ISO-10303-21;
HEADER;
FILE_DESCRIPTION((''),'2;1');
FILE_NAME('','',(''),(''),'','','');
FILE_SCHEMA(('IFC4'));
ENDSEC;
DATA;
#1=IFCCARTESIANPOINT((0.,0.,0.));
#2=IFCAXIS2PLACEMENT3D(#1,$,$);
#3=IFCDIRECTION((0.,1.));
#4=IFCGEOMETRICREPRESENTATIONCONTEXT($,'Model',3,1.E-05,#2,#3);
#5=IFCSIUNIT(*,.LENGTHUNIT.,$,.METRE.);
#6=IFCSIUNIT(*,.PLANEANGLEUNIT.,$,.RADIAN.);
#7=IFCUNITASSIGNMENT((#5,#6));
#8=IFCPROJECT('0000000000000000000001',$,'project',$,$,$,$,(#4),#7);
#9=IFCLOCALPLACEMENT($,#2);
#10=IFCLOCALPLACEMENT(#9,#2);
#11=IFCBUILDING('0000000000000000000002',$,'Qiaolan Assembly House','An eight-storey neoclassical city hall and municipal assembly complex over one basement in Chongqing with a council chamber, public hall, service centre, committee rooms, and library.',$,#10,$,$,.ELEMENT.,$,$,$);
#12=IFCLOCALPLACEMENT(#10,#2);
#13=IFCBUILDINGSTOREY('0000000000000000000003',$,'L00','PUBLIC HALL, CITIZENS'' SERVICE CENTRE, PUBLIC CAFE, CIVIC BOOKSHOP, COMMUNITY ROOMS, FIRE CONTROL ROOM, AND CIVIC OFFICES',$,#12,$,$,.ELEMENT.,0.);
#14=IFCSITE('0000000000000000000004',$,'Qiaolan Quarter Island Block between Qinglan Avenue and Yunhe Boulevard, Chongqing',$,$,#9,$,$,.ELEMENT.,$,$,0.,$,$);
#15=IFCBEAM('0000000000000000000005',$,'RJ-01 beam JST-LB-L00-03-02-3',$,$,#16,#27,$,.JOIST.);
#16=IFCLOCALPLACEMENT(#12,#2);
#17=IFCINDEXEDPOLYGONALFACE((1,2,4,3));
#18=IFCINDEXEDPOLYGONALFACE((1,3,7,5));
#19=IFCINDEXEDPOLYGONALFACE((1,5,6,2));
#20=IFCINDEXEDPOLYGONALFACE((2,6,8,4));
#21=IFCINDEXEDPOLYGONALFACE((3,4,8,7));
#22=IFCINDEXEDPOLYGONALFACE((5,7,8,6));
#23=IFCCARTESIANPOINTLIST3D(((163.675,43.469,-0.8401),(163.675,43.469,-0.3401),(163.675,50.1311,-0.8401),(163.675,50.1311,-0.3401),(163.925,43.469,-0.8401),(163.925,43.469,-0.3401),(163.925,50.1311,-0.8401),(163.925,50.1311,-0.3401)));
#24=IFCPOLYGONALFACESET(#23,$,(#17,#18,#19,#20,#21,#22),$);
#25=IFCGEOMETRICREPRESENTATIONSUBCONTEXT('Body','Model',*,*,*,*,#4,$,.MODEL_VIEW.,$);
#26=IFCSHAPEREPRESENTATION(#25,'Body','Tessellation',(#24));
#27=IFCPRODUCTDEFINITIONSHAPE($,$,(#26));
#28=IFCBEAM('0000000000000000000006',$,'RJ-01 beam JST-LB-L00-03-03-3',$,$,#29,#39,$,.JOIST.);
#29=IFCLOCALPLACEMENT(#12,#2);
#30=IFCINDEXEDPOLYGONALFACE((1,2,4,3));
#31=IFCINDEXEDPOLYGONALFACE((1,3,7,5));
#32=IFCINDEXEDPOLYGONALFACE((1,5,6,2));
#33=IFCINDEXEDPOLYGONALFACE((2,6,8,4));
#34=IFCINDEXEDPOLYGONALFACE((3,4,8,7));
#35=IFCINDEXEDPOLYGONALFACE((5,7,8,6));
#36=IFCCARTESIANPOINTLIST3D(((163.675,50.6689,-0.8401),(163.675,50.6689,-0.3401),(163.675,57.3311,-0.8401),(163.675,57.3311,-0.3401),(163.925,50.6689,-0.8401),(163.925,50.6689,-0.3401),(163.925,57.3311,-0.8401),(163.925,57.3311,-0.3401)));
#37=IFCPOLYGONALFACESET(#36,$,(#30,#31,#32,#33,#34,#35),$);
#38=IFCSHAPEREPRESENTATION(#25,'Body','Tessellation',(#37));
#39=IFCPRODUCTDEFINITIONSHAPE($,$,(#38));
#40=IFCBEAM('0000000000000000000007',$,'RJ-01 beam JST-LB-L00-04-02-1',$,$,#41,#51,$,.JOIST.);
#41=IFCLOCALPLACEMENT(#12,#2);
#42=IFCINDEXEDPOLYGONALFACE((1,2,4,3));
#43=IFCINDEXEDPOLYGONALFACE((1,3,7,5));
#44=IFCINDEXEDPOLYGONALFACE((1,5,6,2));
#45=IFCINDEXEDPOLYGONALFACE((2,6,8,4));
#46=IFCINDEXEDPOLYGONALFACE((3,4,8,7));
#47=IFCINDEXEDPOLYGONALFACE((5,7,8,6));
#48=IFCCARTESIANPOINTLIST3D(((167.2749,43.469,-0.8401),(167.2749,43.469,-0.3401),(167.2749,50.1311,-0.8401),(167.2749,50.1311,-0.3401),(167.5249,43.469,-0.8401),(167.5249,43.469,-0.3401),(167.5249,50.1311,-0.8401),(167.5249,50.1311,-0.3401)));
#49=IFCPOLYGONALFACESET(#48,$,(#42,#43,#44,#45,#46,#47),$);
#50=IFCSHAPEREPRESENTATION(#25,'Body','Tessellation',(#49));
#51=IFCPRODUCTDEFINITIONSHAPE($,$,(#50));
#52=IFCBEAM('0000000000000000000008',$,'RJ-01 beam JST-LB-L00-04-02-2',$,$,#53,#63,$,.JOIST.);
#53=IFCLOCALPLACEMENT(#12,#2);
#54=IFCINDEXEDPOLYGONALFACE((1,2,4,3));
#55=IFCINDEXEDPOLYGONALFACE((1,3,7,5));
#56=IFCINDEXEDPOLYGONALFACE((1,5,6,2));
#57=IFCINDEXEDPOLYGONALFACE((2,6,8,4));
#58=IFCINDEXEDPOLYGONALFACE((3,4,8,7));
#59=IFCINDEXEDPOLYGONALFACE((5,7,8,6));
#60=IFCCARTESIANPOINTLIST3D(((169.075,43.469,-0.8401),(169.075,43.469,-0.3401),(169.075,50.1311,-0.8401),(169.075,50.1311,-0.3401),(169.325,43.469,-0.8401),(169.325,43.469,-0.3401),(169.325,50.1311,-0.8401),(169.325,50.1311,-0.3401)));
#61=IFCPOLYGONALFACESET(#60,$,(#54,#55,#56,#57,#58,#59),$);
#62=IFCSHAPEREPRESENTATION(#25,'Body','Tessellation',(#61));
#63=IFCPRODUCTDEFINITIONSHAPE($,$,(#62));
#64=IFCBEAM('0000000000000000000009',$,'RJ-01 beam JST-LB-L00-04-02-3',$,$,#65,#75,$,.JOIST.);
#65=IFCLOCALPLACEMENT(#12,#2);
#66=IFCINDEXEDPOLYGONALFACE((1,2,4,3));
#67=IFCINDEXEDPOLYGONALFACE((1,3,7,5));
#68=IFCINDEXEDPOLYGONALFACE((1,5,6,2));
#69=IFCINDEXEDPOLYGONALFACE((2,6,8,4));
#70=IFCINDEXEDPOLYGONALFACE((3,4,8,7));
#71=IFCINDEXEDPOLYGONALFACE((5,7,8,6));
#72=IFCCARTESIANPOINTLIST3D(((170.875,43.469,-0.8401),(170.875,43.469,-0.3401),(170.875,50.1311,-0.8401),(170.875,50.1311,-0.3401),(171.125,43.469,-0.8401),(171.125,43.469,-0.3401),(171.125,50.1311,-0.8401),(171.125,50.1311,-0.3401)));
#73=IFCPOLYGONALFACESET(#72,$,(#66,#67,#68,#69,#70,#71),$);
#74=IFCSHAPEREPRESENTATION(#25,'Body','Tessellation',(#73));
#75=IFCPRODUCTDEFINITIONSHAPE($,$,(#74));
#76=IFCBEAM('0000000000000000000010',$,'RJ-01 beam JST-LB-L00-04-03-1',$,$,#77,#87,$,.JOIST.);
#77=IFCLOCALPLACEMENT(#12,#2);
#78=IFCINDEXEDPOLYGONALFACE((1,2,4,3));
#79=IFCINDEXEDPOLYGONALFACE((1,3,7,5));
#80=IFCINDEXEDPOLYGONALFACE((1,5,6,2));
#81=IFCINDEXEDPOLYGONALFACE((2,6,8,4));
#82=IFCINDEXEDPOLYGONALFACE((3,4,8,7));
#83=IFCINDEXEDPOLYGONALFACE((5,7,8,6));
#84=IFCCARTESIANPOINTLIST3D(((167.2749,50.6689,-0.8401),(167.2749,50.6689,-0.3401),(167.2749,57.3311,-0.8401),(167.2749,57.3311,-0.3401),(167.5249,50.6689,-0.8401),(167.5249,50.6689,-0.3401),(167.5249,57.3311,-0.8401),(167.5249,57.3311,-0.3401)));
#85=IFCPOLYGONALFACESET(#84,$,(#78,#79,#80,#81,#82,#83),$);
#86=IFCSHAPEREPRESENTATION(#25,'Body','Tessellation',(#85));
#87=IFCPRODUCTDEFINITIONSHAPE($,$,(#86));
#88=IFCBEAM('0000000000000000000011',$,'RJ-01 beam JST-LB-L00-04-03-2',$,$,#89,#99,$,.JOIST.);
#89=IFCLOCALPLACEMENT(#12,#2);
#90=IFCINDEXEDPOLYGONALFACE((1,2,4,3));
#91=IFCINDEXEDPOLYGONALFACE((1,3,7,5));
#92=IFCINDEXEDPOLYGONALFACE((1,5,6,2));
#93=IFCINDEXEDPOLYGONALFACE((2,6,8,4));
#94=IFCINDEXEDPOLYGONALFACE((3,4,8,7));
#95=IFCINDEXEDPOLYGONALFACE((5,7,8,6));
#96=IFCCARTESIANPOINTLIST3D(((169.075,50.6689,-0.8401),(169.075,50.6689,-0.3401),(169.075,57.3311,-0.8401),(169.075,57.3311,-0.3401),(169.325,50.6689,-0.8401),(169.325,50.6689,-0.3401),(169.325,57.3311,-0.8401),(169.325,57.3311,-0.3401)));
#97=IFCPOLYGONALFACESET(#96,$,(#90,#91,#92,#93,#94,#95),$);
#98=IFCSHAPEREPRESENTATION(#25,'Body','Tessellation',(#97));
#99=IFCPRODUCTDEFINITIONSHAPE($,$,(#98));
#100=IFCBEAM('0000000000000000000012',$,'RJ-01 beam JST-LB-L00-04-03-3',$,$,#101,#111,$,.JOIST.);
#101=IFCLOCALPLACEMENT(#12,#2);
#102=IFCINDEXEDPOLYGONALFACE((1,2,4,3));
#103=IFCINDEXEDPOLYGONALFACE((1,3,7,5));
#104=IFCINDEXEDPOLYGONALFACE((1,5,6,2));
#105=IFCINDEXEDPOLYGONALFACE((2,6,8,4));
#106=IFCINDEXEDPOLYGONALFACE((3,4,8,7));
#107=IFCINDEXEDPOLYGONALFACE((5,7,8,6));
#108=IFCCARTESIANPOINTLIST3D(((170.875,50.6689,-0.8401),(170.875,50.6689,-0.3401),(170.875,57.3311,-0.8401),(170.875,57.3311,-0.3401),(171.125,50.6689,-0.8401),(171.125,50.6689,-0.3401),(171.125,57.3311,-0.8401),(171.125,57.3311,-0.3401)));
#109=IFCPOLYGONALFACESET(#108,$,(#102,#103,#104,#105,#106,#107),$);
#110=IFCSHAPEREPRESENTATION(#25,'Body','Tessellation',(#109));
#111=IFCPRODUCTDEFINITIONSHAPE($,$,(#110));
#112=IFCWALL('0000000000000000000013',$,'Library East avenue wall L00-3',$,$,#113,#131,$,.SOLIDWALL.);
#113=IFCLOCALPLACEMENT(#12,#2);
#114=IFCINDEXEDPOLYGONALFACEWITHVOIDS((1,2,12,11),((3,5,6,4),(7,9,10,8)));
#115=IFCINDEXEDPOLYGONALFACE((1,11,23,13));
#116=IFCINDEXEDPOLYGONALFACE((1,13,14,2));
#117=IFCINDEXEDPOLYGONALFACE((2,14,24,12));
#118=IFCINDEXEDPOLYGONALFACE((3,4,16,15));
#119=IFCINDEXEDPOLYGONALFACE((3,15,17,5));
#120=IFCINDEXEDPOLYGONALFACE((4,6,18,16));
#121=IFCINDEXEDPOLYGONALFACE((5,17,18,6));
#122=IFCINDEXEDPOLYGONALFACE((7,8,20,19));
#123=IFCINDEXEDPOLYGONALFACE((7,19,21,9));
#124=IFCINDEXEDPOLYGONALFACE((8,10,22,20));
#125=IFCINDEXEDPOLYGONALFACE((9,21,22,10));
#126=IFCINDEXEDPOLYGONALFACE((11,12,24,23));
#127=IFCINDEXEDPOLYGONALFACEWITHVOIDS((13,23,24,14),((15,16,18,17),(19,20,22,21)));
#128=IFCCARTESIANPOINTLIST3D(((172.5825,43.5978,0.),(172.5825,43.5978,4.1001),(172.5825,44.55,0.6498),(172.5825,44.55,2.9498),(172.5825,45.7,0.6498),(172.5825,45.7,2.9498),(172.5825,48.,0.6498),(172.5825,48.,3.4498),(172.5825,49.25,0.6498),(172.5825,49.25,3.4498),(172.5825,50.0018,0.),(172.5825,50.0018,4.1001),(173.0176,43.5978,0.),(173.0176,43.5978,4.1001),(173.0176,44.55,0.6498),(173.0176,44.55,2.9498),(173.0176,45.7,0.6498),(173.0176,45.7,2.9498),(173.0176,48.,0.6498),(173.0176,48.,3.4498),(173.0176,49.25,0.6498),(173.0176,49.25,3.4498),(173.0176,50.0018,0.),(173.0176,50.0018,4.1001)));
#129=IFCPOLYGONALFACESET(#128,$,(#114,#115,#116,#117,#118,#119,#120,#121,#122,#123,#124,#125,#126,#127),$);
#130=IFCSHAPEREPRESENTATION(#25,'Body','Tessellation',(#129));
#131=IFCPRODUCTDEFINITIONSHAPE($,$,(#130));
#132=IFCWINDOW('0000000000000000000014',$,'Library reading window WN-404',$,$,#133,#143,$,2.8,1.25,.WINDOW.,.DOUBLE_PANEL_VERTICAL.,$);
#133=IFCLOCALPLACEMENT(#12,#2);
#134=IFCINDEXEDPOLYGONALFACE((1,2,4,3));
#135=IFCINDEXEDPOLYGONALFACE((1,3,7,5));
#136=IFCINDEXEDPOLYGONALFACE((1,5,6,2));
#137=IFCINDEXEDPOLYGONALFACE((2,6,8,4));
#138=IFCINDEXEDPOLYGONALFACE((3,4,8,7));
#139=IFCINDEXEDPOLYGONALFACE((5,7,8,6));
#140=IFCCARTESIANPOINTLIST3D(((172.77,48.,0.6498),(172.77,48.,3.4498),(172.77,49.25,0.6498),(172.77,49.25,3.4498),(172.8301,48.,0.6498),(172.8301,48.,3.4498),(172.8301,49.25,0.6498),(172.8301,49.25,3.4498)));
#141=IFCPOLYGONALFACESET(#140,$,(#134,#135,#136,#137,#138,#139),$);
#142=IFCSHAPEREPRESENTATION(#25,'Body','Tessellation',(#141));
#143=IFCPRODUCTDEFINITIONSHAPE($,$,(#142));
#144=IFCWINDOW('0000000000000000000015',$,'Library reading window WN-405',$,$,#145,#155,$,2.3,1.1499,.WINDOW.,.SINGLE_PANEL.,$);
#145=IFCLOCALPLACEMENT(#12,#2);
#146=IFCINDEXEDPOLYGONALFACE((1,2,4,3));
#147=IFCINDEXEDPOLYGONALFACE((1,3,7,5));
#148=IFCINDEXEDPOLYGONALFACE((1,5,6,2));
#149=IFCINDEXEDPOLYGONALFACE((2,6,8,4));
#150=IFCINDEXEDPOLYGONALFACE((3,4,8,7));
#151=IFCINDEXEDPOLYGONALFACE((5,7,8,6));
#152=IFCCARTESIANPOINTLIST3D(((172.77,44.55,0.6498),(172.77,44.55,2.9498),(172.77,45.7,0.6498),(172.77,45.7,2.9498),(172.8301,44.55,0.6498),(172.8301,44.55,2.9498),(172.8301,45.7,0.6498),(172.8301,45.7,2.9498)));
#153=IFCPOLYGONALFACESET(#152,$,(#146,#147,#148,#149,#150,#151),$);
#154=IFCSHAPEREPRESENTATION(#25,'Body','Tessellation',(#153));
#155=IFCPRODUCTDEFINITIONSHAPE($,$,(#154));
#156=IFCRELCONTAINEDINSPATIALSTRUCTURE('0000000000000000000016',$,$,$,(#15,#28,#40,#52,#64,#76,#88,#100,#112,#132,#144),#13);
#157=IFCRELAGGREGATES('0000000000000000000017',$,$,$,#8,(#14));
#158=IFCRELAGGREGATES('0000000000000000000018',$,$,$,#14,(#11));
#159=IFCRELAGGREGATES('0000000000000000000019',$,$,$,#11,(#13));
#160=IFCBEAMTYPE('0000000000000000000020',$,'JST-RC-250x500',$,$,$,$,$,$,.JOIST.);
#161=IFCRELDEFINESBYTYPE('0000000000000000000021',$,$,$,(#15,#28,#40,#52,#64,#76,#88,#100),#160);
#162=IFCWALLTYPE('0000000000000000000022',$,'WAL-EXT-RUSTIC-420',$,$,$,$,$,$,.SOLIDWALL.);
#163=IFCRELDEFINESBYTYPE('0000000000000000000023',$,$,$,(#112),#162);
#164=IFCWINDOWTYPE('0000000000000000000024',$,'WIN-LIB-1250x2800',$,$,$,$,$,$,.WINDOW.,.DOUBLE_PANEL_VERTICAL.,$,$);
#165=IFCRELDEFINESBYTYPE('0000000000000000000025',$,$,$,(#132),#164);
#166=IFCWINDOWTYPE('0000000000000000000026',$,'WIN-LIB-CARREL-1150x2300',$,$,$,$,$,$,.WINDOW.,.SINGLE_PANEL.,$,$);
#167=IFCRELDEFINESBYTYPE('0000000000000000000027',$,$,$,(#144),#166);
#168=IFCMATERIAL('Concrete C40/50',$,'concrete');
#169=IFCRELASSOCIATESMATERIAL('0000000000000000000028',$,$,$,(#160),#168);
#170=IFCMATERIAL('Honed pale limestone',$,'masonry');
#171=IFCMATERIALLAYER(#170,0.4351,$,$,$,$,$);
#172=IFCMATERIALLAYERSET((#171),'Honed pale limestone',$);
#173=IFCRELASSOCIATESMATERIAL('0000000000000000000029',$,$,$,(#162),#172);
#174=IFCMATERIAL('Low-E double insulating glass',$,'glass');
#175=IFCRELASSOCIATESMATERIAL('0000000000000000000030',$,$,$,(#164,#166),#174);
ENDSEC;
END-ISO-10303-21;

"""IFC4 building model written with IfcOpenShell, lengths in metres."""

from ifc_helpers import new_model, si_unit, direction, frame, frame_2d, origin, origin_2d, place, context, subcontext, project, spatial, rectangle, extrude, material, layer, layer_set, material_profile, profile_set, type_object, element, fill, save


model = new_model("IFC4")

# Units and contexts
model_context = context("Model", 3, precision=1e-05, world=origin(), true_north=direction((0.0, 1.0)))
body_context = subcontext(model_context, "Body", "Model", "MODEL_VIEW")
ifc_project = project(units=[si_unit("LENGTHUNIT", "METRE"), si_unit("PLANEANGLEUNIT", "RADIAN")], contexts=[model_context])

# Site, building, storey
site_placement = place(None, origin())
site = spatial("IfcSite", under=ifc_project, at=site_placement, Name="Qiaolan Quarter Island Block between Qinglan Avenue and Yunhe Boulevard, Chongqing", CompositionType="ELEMENT", RefElevation=0.0)
building_placement = place(site_placement, origin())
building = spatial("IfcBuilding", under=site, at=building_placement, Name="Qiaolan Assembly House", Description="An eight-storey neoclassical city hall and municipal assembly complex over one basement in Chongqing with a council chamber, public hall, service centre, committee rooms, and library.", CompositionType="ELEMENT")
storey_placement = place(building_placement, origin())
storey = spatial("IfcBuildingStorey", under=building, at=storey_placement, Name="L00", Description="PUBLIC HALL, CITIZENS' SERVICE CENTRE, PUBLIC CAFE, CIVIC BOOKSHOP, COMMUNITY ROOMS, FIRE CONTROL ROOM, AND CIVIC OFFICES", CompositionType="ELEMENT", Elevation=0.0)

# Beams
ifc_material_1 = material(Name="Concrete C40/50", Category="concrete")
ifc_material_profile_1 = material_profile(ifc_material_1, rectangle(XDim=0.25, YDim=0.5, at=origin_2d()), Name="RCB 250x500")
ifc_profile_set_1 = profile_set([ifc_material_profile_1], Name="Concrete C40/50")
beam_type_1 = type_object("IfcBeamType", Name="JST-RC-250x500", PredefinedType="JOIST", material=ifc_profile_set_1)
for number, where, z_axis, x_axis, name in (
    (1, (163.8, 43.469, -0.5901), (0.0, 1.0, 0.0), (-1.0, 0.0, 0.0), "RJ-01 beam JST-LB-L00-03-02-3"),
    (2, (163.8, 50.6689, -0.5901), (0.0, 1.0, 0.0), (-1.0, 0.0, 0.0), "RJ-01 beam JST-LB-L00-03-03-3"),
    (3, (167.3999, 43.469, -0.5901), (0.0, 1.0, 0.0), (-1.0, 0.0, 0.0), "RJ-01 beam JST-LB-L00-04-02-1"),
    (4, (169.2, 43.469, -0.5901), (0.0, 1.0, 0.0), (-1.0, 0.0, 0.0), "RJ-01 beam JST-LB-L00-04-02-2"),
    (5, (171.0, 43.469, -0.5901), (0.0, 1.0, 0.0), (-1.0, 0.0, 0.0), "RJ-01 beam JST-LB-L00-04-02-3"),
    (6, (167.3999, 50.6689, -0.5901), (0.0, 1.0, 0.0), (-1.0, 0.0, 0.0), "RJ-01 beam JST-LB-L00-04-03-1"),
    (7, (169.2, 50.6689, -0.5901), (0.0, 1.0, 0.0), (-1.0, 0.0, 0.0), "RJ-01 beam JST-LB-L00-04-03-2"),
    (8, (171.0, 50.6689, -0.5901), (0.0, 1.0, 0.0), (-1.0, 0.0, 0.0), "RJ-01 beam JST-LB-L00-04-03-3"),
):
    element("IfcBeam", number, at=place(storey_placement, frame(where, z_axis=z_axis, x_axis=x_axis)), inside=storey, type_object=beam_type_1, Name=name, PredefinedType="JOIST", context=body_context, shape_type="SweptSolid", body=[
        extrude(rectangle(XDim=0.25, YDim=0.5, at=origin_2d()), origin(), (0.0, 0.0, 1.0), 6.6621),
    ])

# Wall, openings, windows
ifc_material_2 = material(Name="Honed pale limestone", Category="masonry")
ifc_layer = layer(ifc_material_2, 0.4351)
ifc_layer_set = layer_set([ifc_layer], Name="Honed pale limestone")
wall_type = type_object("IfcWallType", Name="WAL-EXT-RUSTIC-420", PredefinedType="SOLIDWALL", material=ifc_layer_set)
wall_1_placement = place(storey_placement, frame((172.8, 50.002, 0.0), z_axis=(0.0, 0.0, 1.0), x_axis=(0.0, -1.0, 0.0)))
wall_1 = element("IfcWall", 9, at=wall_1_placement, inside=storey, type_object=wall_type, Name="Library East avenue wall L00-3", PredefinedType="SOLIDWALL", context=body_context, shape_type="SweptSolid", body=[
    extrude(rectangle(XDim=6.4041, YDim=0.4351, at=frame_2d((3.2021, 0.0))), origin(), (0.0, 0.0, 1.0), 4.1001),
])
opening_1_placement = place(wall_1_placement, frame((0.752, 0.0, 0.6499)))
opening_1 = element("IfcOpeningElement", 10, at=opening_1_placement, cuts=wall_1, PredefinedType="OPENING", context=body_context, shape_type="SweptSolid", body=[
    extrude(rectangle(XDim=1.25, YDim=2.8, at=frame_2d((0.625, 1.3999))), frame((0.0, 0.2275, 0.0), z_axis=(0.0, -1.0, 0.0), x_axis=(1.0, 0.0, 0.0)), (0.0, 0.0, 1.0), 0.4551),
])
opening_2_placement = place(wall_1_placement, frame((4.302, 0.0, 0.6499)))
opening_2 = element("IfcOpeningElement", 11, at=opening_2_placement, cuts=wall_1, PredefinedType="OPENING", context=body_context, shape_type="SweptSolid", body=[
    extrude(rectangle(XDim=1.1499, YDim=2.3, at=frame_2d((0.575, 1.1499))), frame((0.0, 0.2275, 0.0), z_axis=(0.0, -1.0, 0.0), x_axis=(1.0, 0.0, 0.0)), (0.0, 0.0, 1.0), 0.4551),
])
ifc_material_3 = material(Name="Low-E double insulating glass", Category="glass")
window_type_1 = type_object("IfcWindowType", Name="WIN-LIB-1250x2800", PartitioningType="DOUBLE_PANEL_VERTICAL", PredefinedType="WINDOW", material=ifc_material_3)
window_1_placement = place(opening_1_placement, origin())
window_1 = element("IfcWindow", 12, at=window_1_placement, inside=storey, type_object=window_type_1, Name="Library reading window WN-404", OverallHeight=2.8, OverallWidth=1.25, PartitioningType="DOUBLE_PANEL_VERTICAL", PredefinedType="WINDOW", context=body_context, shape_type="SweptSolid", body=[
    extrude(rectangle(XDim=1.25, YDim=2.8, at=frame_2d((0.625, 1.3999))), frame((0.0, 0.03, 0.0), z_axis=(0.0, -1.0, 0.0), x_axis=(1.0, 0.0, 0.0)), (0.0, 0.0, 1.0), 0.0601),
])
fill(opening_1, window_1)
window_type_2 = type_object("IfcWindowType", Name="WIN-LIB-CARREL-1150x2300", PartitioningType="SINGLE_PANEL", PredefinedType="WINDOW", material=ifc_material_3)
window_2_placement = place(opening_2_placement, origin())
window_2 = element("IfcWindow", 13, at=window_2_placement, inside=storey, type_object=window_type_2, Name="Library reading window WN-405", OverallHeight=2.3, OverallWidth=1.1499, PartitioningType="SINGLE_PANEL", PredefinedType="WINDOW", context=body_context, shape_type="SweptSolid", body=[
    extrude(rectangle(XDim=1.1499, YDim=2.3, at=frame_2d((0.575, 1.1499))), frame((0.0, 0.03, 0.0), z_axis=(0.0, -1.0, 0.0), x_axis=(1.0, 0.0, 0.0)), (0.0, 0.0, 1.0), 0.0601),
])
fill(opening_2, window_2)

save(model, "model.ifc")
